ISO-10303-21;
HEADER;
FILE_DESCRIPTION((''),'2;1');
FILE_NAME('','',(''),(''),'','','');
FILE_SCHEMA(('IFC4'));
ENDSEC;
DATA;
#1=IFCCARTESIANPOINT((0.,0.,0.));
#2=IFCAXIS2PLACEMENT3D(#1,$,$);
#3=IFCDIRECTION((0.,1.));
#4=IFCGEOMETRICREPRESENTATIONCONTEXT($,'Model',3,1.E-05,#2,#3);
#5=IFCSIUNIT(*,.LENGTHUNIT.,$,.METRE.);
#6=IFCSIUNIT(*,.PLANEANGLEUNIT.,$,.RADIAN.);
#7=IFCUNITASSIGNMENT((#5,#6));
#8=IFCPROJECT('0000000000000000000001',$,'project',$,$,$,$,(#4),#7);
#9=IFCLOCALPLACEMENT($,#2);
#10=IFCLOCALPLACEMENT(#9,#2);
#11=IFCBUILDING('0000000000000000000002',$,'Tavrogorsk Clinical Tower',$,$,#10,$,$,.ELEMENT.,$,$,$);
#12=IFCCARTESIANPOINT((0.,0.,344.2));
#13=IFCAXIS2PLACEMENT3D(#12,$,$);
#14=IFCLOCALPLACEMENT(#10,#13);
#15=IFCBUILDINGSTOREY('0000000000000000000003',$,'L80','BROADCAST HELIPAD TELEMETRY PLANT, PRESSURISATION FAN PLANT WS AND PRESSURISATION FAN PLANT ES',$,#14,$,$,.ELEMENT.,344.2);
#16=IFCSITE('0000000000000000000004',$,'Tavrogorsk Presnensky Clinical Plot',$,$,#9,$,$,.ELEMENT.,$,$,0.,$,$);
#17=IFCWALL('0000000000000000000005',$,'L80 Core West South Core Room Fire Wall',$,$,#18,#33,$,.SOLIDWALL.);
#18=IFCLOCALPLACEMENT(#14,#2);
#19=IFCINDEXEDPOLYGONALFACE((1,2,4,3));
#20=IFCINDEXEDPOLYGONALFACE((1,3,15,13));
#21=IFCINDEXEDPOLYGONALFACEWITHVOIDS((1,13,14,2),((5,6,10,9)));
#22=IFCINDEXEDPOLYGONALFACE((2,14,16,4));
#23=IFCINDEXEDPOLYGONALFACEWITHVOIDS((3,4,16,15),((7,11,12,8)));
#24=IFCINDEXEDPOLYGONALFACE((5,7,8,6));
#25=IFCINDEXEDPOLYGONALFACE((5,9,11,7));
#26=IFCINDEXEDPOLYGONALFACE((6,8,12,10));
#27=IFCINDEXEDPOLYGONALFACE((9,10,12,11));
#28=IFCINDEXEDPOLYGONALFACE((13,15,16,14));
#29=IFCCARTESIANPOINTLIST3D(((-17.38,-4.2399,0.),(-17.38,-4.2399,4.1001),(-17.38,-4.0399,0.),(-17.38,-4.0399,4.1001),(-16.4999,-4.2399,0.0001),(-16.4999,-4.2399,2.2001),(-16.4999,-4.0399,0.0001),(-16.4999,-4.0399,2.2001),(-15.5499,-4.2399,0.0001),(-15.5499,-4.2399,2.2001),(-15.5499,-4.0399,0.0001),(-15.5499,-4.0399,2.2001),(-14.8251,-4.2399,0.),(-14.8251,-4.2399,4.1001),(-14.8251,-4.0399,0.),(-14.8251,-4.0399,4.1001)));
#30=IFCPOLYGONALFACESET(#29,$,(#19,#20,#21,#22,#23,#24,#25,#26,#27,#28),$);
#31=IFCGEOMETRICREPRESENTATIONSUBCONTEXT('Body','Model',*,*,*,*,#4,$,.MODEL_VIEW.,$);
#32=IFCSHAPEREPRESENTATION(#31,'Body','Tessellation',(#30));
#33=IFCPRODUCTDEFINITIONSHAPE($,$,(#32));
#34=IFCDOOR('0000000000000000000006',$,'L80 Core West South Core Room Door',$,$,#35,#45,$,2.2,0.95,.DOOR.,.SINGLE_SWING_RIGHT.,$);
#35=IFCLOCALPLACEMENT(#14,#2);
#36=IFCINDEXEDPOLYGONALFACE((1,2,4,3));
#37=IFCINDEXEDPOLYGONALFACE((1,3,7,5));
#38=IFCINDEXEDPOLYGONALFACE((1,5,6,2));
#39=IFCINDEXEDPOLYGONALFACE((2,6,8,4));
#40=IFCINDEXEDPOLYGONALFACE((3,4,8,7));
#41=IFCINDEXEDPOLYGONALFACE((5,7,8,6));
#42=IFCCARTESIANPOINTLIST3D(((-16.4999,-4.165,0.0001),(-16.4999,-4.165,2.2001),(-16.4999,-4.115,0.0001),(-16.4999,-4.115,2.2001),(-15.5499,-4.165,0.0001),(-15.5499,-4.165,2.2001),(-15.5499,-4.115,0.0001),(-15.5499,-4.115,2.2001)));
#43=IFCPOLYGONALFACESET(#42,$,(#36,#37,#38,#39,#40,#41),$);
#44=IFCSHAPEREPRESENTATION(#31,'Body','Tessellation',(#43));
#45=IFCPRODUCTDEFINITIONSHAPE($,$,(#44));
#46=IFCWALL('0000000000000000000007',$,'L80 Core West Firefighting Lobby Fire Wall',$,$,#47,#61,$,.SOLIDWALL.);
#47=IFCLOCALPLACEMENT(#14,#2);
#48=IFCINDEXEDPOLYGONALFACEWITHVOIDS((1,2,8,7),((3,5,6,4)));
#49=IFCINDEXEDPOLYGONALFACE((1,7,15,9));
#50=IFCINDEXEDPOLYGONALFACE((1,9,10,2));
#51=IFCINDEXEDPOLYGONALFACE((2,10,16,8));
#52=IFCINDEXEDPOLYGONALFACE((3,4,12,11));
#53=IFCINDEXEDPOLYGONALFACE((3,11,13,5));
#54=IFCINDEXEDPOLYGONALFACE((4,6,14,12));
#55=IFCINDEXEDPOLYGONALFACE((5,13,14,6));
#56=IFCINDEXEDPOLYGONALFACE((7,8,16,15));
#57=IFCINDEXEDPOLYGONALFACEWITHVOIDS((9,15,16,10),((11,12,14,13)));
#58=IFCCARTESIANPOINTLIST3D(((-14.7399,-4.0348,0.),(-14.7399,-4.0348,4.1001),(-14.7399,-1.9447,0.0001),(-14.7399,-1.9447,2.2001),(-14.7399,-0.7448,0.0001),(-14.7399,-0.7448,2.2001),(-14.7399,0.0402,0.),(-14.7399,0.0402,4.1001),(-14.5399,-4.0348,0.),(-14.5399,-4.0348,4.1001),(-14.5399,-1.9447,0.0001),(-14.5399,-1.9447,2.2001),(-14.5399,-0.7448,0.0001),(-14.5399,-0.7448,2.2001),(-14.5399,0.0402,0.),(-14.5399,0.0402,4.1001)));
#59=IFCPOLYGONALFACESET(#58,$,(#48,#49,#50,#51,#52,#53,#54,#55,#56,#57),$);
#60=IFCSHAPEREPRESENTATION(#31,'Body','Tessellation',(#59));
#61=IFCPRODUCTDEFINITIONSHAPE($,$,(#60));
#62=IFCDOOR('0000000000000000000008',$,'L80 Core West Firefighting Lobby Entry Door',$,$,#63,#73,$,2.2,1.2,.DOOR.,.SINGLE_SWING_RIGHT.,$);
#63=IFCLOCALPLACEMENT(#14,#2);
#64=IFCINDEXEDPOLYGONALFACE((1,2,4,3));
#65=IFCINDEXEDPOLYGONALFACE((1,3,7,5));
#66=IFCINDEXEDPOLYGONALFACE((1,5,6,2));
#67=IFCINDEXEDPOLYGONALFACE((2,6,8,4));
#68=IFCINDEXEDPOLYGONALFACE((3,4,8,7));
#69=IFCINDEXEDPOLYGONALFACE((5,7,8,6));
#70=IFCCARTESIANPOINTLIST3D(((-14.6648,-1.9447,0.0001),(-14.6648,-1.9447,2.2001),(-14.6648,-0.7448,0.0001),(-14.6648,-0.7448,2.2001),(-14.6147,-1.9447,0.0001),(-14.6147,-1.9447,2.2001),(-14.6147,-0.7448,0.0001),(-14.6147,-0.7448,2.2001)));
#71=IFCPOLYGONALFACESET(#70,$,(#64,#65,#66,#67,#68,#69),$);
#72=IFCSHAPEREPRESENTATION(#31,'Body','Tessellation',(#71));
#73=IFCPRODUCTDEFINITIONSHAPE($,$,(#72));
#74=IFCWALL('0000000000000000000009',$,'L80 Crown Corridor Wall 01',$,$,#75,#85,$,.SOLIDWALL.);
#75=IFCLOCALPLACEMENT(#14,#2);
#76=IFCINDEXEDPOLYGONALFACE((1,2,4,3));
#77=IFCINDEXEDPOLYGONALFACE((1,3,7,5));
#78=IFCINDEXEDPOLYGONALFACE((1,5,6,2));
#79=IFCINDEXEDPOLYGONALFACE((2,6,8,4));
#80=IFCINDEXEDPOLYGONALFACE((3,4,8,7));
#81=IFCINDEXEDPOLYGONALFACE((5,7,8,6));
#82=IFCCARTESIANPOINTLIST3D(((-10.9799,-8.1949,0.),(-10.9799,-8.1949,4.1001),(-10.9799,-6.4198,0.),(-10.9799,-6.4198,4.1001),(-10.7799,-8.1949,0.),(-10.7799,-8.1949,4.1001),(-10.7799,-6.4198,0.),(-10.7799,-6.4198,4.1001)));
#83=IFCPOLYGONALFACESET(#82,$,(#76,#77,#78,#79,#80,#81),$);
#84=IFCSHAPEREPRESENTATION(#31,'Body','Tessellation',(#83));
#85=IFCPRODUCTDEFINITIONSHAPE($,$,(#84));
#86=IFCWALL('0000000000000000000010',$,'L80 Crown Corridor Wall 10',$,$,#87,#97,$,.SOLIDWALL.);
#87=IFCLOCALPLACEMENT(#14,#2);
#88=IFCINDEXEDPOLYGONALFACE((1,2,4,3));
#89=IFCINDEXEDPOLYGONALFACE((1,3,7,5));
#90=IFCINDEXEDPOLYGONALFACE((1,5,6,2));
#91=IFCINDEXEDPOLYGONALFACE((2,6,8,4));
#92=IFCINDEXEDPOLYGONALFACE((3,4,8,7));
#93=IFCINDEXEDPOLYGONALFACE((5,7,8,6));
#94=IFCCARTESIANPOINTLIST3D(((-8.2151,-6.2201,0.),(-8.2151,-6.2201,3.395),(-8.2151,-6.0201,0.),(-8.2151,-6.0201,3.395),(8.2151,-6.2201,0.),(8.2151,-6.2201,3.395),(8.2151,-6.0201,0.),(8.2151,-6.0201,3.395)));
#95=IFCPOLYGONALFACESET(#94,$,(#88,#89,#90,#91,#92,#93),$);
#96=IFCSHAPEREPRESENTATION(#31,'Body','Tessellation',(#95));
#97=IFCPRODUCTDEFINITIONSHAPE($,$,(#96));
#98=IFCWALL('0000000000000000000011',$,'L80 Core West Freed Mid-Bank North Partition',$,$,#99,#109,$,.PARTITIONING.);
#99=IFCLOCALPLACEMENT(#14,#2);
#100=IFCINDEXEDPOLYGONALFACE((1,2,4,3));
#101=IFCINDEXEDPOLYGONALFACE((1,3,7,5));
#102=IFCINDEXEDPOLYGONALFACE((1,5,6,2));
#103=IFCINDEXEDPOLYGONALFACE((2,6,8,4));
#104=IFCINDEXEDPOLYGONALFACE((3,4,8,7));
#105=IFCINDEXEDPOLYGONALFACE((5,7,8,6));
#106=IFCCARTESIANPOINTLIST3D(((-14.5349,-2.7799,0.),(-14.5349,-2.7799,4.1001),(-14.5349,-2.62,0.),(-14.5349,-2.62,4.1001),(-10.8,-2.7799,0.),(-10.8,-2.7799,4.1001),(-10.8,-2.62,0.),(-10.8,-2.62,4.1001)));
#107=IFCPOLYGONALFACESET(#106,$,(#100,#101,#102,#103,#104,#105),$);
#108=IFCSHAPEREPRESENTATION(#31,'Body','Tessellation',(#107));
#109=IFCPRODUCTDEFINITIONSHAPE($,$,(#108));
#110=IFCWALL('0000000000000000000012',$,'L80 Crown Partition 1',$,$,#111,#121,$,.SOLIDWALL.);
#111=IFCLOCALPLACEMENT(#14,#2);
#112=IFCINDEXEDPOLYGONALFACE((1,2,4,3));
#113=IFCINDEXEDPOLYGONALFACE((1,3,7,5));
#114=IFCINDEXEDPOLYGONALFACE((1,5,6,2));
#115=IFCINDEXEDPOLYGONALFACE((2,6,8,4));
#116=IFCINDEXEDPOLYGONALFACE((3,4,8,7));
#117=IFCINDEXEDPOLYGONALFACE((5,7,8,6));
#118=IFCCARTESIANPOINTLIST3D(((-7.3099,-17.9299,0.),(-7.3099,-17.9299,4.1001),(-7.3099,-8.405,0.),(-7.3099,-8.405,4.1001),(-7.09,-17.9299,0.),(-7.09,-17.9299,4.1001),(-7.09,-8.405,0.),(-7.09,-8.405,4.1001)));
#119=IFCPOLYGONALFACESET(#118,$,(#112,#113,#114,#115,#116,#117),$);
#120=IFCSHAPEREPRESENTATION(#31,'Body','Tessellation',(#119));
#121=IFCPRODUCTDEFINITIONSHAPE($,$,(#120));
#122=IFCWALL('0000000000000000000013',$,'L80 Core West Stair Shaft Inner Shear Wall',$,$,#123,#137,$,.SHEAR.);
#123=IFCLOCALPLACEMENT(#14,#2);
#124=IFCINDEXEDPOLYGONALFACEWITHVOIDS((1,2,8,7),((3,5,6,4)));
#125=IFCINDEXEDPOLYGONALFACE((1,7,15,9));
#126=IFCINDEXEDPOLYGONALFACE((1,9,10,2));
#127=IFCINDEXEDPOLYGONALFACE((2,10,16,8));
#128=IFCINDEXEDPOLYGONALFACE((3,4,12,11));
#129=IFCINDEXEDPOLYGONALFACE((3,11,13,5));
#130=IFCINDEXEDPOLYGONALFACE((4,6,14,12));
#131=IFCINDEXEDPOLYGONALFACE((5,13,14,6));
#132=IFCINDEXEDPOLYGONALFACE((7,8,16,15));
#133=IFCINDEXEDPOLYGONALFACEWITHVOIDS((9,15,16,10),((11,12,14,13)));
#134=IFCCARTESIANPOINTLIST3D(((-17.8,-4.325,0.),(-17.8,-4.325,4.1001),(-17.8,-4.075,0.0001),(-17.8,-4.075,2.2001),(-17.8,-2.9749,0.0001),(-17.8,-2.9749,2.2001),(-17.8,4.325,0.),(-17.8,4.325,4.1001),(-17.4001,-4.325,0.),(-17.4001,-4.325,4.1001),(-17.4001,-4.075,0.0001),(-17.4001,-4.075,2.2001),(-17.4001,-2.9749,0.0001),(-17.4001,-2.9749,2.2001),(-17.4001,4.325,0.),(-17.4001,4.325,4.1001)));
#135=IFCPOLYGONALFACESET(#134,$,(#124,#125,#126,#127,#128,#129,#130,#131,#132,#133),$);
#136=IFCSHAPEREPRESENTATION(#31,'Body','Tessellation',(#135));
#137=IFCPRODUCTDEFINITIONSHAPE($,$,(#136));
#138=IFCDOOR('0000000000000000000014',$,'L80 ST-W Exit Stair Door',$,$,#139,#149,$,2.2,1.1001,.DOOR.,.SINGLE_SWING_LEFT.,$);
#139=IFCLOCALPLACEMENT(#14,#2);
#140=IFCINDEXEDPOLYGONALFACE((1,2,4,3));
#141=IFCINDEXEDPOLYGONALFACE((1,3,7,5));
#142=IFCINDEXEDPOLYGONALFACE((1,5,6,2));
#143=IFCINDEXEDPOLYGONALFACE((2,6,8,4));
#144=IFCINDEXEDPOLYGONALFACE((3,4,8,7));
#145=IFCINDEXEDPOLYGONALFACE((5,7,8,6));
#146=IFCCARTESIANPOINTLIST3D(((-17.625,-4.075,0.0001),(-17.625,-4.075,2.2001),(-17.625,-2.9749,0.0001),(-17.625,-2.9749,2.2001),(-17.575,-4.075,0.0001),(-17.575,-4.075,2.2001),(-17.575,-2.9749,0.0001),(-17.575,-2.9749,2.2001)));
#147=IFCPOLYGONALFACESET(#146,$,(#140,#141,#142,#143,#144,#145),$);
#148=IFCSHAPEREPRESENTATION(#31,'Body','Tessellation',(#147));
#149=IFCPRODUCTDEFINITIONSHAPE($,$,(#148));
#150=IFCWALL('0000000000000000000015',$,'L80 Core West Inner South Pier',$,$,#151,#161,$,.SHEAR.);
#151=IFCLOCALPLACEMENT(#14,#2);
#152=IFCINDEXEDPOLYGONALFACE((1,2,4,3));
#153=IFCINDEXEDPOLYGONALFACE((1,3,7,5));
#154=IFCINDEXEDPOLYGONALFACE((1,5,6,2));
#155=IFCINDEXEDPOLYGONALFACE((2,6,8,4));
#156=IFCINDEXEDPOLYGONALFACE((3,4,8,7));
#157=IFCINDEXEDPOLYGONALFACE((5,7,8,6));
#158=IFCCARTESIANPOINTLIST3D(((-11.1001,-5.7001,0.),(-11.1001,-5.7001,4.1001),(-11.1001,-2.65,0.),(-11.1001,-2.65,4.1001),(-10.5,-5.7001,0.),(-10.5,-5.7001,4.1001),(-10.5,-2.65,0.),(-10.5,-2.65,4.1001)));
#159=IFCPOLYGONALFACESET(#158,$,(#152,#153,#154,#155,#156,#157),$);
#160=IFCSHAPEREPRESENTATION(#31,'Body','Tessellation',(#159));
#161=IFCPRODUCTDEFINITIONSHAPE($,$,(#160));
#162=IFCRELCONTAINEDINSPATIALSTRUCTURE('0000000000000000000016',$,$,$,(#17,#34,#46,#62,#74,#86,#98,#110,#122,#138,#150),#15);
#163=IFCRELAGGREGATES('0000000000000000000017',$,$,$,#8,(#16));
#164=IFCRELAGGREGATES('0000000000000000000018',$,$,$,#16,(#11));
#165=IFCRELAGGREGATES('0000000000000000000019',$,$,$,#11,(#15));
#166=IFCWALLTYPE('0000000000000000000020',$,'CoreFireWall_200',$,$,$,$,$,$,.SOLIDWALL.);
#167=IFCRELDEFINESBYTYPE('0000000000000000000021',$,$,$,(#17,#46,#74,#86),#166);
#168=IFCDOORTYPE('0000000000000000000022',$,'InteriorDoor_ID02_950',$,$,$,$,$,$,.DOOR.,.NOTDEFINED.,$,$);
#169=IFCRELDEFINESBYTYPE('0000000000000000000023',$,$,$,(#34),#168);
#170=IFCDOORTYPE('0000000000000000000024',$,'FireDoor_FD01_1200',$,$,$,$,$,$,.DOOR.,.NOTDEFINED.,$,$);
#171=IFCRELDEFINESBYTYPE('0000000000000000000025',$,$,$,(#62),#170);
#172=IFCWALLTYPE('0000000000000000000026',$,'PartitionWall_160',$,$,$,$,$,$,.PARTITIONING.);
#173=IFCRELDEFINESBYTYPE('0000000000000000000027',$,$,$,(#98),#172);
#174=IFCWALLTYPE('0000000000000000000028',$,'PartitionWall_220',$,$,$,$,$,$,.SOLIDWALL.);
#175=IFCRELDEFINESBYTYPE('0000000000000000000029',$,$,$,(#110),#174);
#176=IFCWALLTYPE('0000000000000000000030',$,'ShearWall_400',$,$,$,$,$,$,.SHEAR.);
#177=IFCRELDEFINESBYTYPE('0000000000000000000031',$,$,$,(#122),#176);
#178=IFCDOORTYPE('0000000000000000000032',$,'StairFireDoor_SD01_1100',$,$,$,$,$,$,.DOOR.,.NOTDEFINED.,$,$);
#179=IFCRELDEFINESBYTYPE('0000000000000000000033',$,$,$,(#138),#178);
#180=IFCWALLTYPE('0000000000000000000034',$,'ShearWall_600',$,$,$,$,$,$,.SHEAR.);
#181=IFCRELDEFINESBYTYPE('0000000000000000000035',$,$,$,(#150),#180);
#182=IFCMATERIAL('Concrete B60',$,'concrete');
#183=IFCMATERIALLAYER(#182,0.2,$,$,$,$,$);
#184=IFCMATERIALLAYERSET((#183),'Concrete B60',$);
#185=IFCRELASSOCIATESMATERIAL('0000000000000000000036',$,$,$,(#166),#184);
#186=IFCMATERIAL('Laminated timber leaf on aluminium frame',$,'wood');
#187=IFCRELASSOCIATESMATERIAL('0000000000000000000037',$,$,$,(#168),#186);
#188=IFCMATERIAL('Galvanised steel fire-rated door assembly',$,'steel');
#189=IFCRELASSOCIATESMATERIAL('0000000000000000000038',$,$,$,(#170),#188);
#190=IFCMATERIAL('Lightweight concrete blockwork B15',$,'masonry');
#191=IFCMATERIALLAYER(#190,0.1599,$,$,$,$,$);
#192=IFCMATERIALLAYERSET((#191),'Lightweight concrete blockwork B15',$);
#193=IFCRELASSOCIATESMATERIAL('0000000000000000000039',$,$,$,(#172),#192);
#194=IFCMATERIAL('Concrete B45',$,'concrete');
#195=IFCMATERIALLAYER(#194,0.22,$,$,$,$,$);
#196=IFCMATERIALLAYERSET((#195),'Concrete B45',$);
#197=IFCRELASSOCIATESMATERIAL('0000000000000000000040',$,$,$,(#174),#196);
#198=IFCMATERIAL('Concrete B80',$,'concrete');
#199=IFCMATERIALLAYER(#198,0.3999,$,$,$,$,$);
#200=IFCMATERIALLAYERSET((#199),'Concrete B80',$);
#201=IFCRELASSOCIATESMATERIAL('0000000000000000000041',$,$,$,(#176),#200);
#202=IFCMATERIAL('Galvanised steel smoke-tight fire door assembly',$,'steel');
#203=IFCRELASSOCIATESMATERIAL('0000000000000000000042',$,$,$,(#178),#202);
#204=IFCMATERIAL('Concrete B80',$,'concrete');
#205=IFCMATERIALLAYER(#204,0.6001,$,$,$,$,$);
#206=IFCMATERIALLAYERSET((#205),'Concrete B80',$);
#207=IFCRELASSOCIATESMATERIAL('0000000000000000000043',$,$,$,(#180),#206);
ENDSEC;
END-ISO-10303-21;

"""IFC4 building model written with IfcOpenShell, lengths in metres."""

from ifc_helpers import new_model, si_unit, direction, frame, frame_2d, origin, place, context, subcontext, project, spatial, rectangle, extrude, material, layer, layer_set, type_object, element, fill, save


model = new_model("IFC4")

# Units and contexts
model_context = context("Model", 3, precision=1e-05, world=origin(), true_north=direction((0.0, 1.0)))
body_context = subcontext(model_context, "Body", "Model", "MODEL_VIEW")
ifc_project = project(units=[si_unit("LENGTHUNIT", "METRE"), si_unit("PLANEANGLEUNIT", "RADIAN")], contexts=[model_context])

# Site, building, storey
site_placement = place(None, origin())
site = spatial("IfcSite", under=ifc_project, at=site_placement, Name="Tavrogorsk Presnensky Clinical Plot", CompositionType="ELEMENT", RefElevation=0.0)
building_placement = place(site_placement, origin())
building = spatial("IfcBuilding", under=site, at=building_placement, Name="Tavrogorsk Clinical Tower", CompositionType="ELEMENT")
storey_placement = place(building_placement, frame((0.0, 0.0, 344.2)))
storey = spatial("IfcBuildingStorey", under=building, at=storey_placement, Name="L80", Description="BROADCAST HELIPAD TELEMETRY PLANT, PRESSURISATION FAN PLANT WS AND PRESSURISATION FAN PLANT ES", CompositionType="ELEMENT", Elevation=344.2)

# Walls, openings, doors
ifc_material_1 = material(Name="Concrete B60", Category="concrete")
ifc_layer_1 = layer(ifc_material_1, 0.2)
ifc_layer_set_1 = layer_set([ifc_layer_1], Name="Concrete B60")
wall_type_1 = type_object("IfcWallType", Name="CoreFireWall_200", PredefinedType="SOLIDWALL", material=ifc_layer_set_1)
wall_1_placement = place(storey_placement, frame((-17.3799, -4.1399, 0.0), z_axis=(0.0, 0.0, 1.0), x_axis=(1.0, 0.0, 0.0)))
wall_1 = element("IfcWall", 1, at=wall_1_placement, inside=storey, type_object=wall_type_1, Name="L80 Core West South Core Room Fire Wall", PredefinedType="SOLIDWALL", context=body_context, shape_type="SweptSolid", body=[
    extrude(rectangle(XDim=2.5549, YDim=0.2, at=frame_2d((1.2773, 0.0))), origin(), (0.0, 0.0, 1.0), 4.1001),
])
opening_1_placement = place(wall_1_placement, frame((0.8799, 0.0, 0.0)))
opening_1 = element("IfcOpeningElement", 2, at=opening_1_placement, cuts=wall_1, PredefinedType="OPENING", context=body_context, shape_type="SweptSolid", body=[
    extrude(rectangle(XDim=0.95, YDim=2.2, at=frame_2d((0.4751, 1.1001))), frame((0.0, 0.1099, 0.0), z_axis=(0.0, -1.0, 0.0), x_axis=(1.0, 0.0, 0.0)), (0.0, 0.0, 1.0), 0.22),
])
ifc_material_2 = material(Name="Laminated timber leaf on aluminium frame", Category="wood")
door_type_1 = type_object("IfcDoorType", Name="InteriorDoor_ID02_950", OperationType="NOTDEFINED", PredefinedType="DOOR", material=ifc_material_2)
door_1_placement = place(opening_1_placement, origin())
door_1 = element("IfcDoor", 3, at=door_1_placement, inside=storey, type_object=door_type_1, Name="L80 Core West South Core Room Door", OperationType="SINGLE_SWING_RIGHT", OverallHeight=2.2, OverallWidth=0.95, PredefinedType="DOOR", context=body_context, shape_type="SweptSolid", body=[
    extrude(rectangle(XDim=0.95, YDim=2.2, at=frame_2d((0.4751, 1.1001))), frame((0.0, 0.0249, 0.0), z_axis=(0.0, -1.0, 0.0), x_axis=(1.0, 0.0, 0.0)), (0.0, 0.0, 1.0), 0.05),
])
fill(opening_1, door_1)
wall_2_placement = place(storey_placement, frame((-14.6399, -4.0349, 0.0), z_axis=(0.0, 0.0, 1.0), x_axis=(0.0, 1.0, 0.0)))
wall_2 = element("IfcWall", 4, at=wall_2_placement, inside=storey, type_object=wall_type_1, Name="L80 Core West Firefighting Lobby Fire Wall", PredefinedType="SOLIDWALL", context=body_context, shape_type="SweptSolid", body=[
    extrude(rectangle(XDim=4.075, YDim=0.2, at=frame_2d((2.0376, 0.0))), origin(), (0.0, 0.0, 1.0), 4.1001),
])
opening_2_placement = place(wall_2_placement, frame((2.0901, 0.0, 0.0)))
opening_2 = element("IfcOpeningElement", 5, at=opening_2_placement, cuts=wall_2, PredefinedType="OPENING", context=body_context, shape_type="SweptSolid", body=[
    extrude(rectangle(XDim=1.2, YDim=2.2, at=frame_2d((0.6001, 1.1001))), frame((0.0, 0.1099, 0.0), z_axis=(0.0, -1.0, 0.0), x_axis=(1.0, 0.0, 0.0)), (0.0, 0.0, 1.0), 0.22),
])
ifc_material_3 = material(Name="Galvanised steel fire-rated door assembly", Category="steel")
door_type_2 = type_object("IfcDoorType", Name="FireDoor_FD01_1200", OperationType="NOTDEFINED", PredefinedType="DOOR", material=ifc_material_3)
door_2_placement = place(opening_2_placement, origin())
door_2 = element("IfcDoor", 6, at=door_2_placement, inside=storey, type_object=door_type_2, Name="L80 Core West Firefighting Lobby Entry Door", OperationType="SINGLE_SWING_RIGHT", OverallHeight=2.2, OverallWidth=1.2, PredefinedType="DOOR", context=body_context, shape_type="SweptSolid", body=[
    extrude(rectangle(XDim=1.2, YDim=2.2, at=frame_2d((0.6001, 1.1001))), frame((0.0, 0.0249, 0.0), z_axis=(0.0, -1.0, 0.0), x_axis=(1.0, 0.0, 0.0)), (0.0, 0.0, 1.0), 0.05),
])
fill(opening_2, door_2)

# Walls
wall_3_placement = place(storey_placement, frame((-10.8799, -8.1951, 0.0), z_axis=(0.0, 0.0, 1.0), x_axis=(0.0, 1.0, 0.0)))
element("IfcWall", 7, at=wall_3_placement, inside=storey, type_object=wall_type_1, Name="L80 Crown Corridor Wall 01", PredefinedType="SOLIDWALL", context=body_context, shape_type="SweptSolid", body=[
    extrude(rectangle(XDim=1.7751, YDim=0.2, at=frame_2d((0.8877, 0.0))), origin(), (0.0, 0.0, 1.0), 4.1001),
])
wall_4_placement = place(storey_placement, frame((-8.2151, -6.1201, 0.0), z_axis=(0.0, 0.0, 1.0), x_axis=(1.0, 0.0, 0.0)))
element("IfcWall", 8, at=wall_4_placement, inside=storey, type_object=wall_type_1, Name="L80 Crown Corridor Wall 10", PredefinedType="SOLIDWALL", context=body_context, shape_type="SweptSolid", body=[
    extrude(rectangle(XDim=16.4302, YDim=0.2, at=frame_2d((8.2151, 0.0))), origin(), (0.0, 0.0, 1.0), 3.395),
])
ifc_material_4 = material(Name="Lightweight concrete blockwork B15", Category="masonry")
ifc_layer_2 = layer(ifc_material_4, 0.1599)
ifc_layer_set_2 = layer_set([ifc_layer_2], Name="Lightweight concrete blockwork B15")
wall_type_2 = type_object("IfcWallType", Name="PartitionWall_160", PredefinedType="PARTITIONING", material=ifc_layer_set_2)
wall_5_placement = place(storey_placement, frame((-14.5349, -2.7, 0.0), z_axis=(0.0, 0.0, 1.0), x_axis=(1.0, 0.0, 0.0)))
element("IfcWall", 9, at=wall_5_placement, inside=storey, type_object=wall_type_2, Name="L80 Core West Freed Mid-Bank North Partition", PredefinedType="PARTITIONING", context=body_context, shape_type="SweptSolid", body=[
    extrude(rectangle(XDim=3.7349, YDim=0.1599, at=frame_2d((1.8674, 0.0))), origin(), (0.0, 0.0, 1.0), 4.1001),
])
ifc_material_5 = material(Name="Concrete B45", Category="concrete")
ifc_layer_3 = layer(ifc_material_5, 0.22)
ifc_layer_set_3 = layer_set([ifc_layer_3], Name="Concrete B45")
wall_type_3 = type_object("IfcWallType", Name="PartitionWall_220", PredefinedType="SOLIDWALL", material=ifc_layer_set_3)
wall_6_placement = place(storey_placement, frame((-7.2, -17.9299, 0.0), z_axis=(0.0, 0.0, 1.0), x_axis=(0.0, 1.0, 0.0)))
element("IfcWall", 10, at=wall_6_placement, inside=storey, type_object=wall_type_3, Name="L80 Crown Partition 1", PredefinedType="SOLIDWALL", context=body_context, shape_type="SweptSolid", body=[
    extrude(rectangle(XDim=9.5249, YDim=0.22, at=frame_2d((4.7625, 0.0))), origin(), (0.0, 0.0, 1.0), 4.1001),
])

# Wall, opening, door
ifc_material_6 = material(Name="Concrete B80", Category="concrete")
ifc_layer_4 = layer(ifc_material_6, 0.3999)
ifc_layer_set_4 = layer_set([ifc_layer_4], Name="Concrete B80")
wall_type_4 = type_object("IfcWallType", Name="ShearWall_400", PredefinedType="SHEAR", material=ifc_layer_set_4)
wall_7_placement = place(storey_placement, frame((-17.6001, -4.325, 0.0), z_axis=(0.0, 0.0, 1.0), x_axis=(0.0, 1.0, 0.0)))
wall_7 = element("IfcWall", 11, at=wall_7_placement, inside=storey, type_object=wall_type_4, Name="L80 Core West Stair Shaft Inner Shear Wall", PredefinedType="SHEAR", context=body_context, shape_type="SweptSolid", body=[
    extrude(rectangle(XDim=8.6499, YDim=0.3999, at=frame_2d((4.325, 0.0))), origin(), (0.0, 0.0, 1.0), 4.1001),
])
opening_3_placement = place(wall_7_placement, frame((0.25, 0.0, 0.0)))
opening_3 = element("IfcOpeningElement", 12, at=opening_3_placement, cuts=wall_7, PredefinedType="OPENING", context=body_context, shape_type="SweptSolid", body=[
    extrude(rectangle(XDim=1.1001, YDim=2.2, at=frame_2d((0.55, 1.1001))), frame((0.0, 0.21, 0.0), z_axis=(0.0, -1.0, 0.0), x_axis=(1.0, 0.0, 0.0)), (0.0, 0.0, 1.0), 0.4199),
])
ifc_material_7 = material(Name="Galvanised steel smoke-tight fire door assembly", Category="steel")
door_type_3 = type_object("IfcDoorType", Name="StairFireDoor_SD01_1100", OperationType="NOTDEFINED", PredefinedType="DOOR", material=ifc_material_7)
door_3_placement = place(opening_3_placement, origin())
door_3 = element("IfcDoor", 13, at=door_3_placement, inside=storey, type_object=door_type_3, Name="L80 ST-W Exit Stair Door", OperationType="SINGLE_SWING_LEFT", OverallHeight=2.2, OverallWidth=1.1001, PredefinedType="DOOR", context=body_context, shape_type="SweptSolid", body=[
    extrude(rectangle(XDim=1.1001, YDim=2.2, at=frame_2d((0.55, 1.1001))), frame((0.0, 0.0249, 0.0), z_axis=(0.0, -1.0, 0.0), x_axis=(1.0, 0.0, 0.0)), (0.0, 0.0, 1.0), 0.05),
])
fill(opening_3, door_3)

# Wall
ifc_material_8 = material(Name="Concrete B80", Category="concrete")
ifc_layer_5 = layer(ifc_material_8, 0.6001)
ifc_layer_set_5 = layer_set([ifc_layer_5], Name="Concrete B80")
wall_type_5 = type_object("IfcWallType", Name="ShearWall_600", PredefinedType="SHEAR", material=ifc_layer_set_5)
wall_8_placement = place(storey_placement, frame((-10.8, -5.7, 0.0), z_axis=(0.0, 0.0, 1.0), x_axis=(0.0, 1.0, 0.0)))
element("IfcWall", 14, at=wall_8_placement, inside=storey, type_object=wall_type_5, Name="L80 Core West Inner South Pier", PredefinedType="SHEAR", context=body_context, shape_type="SweptSolid", body=[
    extrude(rectangle(XDim=3.05, YDim=0.6001, at=frame_2d((1.5249, 0.0))), origin(), (0.0, 0.0, 1.0), 4.1001),
])

save(model, "model.ifc")
